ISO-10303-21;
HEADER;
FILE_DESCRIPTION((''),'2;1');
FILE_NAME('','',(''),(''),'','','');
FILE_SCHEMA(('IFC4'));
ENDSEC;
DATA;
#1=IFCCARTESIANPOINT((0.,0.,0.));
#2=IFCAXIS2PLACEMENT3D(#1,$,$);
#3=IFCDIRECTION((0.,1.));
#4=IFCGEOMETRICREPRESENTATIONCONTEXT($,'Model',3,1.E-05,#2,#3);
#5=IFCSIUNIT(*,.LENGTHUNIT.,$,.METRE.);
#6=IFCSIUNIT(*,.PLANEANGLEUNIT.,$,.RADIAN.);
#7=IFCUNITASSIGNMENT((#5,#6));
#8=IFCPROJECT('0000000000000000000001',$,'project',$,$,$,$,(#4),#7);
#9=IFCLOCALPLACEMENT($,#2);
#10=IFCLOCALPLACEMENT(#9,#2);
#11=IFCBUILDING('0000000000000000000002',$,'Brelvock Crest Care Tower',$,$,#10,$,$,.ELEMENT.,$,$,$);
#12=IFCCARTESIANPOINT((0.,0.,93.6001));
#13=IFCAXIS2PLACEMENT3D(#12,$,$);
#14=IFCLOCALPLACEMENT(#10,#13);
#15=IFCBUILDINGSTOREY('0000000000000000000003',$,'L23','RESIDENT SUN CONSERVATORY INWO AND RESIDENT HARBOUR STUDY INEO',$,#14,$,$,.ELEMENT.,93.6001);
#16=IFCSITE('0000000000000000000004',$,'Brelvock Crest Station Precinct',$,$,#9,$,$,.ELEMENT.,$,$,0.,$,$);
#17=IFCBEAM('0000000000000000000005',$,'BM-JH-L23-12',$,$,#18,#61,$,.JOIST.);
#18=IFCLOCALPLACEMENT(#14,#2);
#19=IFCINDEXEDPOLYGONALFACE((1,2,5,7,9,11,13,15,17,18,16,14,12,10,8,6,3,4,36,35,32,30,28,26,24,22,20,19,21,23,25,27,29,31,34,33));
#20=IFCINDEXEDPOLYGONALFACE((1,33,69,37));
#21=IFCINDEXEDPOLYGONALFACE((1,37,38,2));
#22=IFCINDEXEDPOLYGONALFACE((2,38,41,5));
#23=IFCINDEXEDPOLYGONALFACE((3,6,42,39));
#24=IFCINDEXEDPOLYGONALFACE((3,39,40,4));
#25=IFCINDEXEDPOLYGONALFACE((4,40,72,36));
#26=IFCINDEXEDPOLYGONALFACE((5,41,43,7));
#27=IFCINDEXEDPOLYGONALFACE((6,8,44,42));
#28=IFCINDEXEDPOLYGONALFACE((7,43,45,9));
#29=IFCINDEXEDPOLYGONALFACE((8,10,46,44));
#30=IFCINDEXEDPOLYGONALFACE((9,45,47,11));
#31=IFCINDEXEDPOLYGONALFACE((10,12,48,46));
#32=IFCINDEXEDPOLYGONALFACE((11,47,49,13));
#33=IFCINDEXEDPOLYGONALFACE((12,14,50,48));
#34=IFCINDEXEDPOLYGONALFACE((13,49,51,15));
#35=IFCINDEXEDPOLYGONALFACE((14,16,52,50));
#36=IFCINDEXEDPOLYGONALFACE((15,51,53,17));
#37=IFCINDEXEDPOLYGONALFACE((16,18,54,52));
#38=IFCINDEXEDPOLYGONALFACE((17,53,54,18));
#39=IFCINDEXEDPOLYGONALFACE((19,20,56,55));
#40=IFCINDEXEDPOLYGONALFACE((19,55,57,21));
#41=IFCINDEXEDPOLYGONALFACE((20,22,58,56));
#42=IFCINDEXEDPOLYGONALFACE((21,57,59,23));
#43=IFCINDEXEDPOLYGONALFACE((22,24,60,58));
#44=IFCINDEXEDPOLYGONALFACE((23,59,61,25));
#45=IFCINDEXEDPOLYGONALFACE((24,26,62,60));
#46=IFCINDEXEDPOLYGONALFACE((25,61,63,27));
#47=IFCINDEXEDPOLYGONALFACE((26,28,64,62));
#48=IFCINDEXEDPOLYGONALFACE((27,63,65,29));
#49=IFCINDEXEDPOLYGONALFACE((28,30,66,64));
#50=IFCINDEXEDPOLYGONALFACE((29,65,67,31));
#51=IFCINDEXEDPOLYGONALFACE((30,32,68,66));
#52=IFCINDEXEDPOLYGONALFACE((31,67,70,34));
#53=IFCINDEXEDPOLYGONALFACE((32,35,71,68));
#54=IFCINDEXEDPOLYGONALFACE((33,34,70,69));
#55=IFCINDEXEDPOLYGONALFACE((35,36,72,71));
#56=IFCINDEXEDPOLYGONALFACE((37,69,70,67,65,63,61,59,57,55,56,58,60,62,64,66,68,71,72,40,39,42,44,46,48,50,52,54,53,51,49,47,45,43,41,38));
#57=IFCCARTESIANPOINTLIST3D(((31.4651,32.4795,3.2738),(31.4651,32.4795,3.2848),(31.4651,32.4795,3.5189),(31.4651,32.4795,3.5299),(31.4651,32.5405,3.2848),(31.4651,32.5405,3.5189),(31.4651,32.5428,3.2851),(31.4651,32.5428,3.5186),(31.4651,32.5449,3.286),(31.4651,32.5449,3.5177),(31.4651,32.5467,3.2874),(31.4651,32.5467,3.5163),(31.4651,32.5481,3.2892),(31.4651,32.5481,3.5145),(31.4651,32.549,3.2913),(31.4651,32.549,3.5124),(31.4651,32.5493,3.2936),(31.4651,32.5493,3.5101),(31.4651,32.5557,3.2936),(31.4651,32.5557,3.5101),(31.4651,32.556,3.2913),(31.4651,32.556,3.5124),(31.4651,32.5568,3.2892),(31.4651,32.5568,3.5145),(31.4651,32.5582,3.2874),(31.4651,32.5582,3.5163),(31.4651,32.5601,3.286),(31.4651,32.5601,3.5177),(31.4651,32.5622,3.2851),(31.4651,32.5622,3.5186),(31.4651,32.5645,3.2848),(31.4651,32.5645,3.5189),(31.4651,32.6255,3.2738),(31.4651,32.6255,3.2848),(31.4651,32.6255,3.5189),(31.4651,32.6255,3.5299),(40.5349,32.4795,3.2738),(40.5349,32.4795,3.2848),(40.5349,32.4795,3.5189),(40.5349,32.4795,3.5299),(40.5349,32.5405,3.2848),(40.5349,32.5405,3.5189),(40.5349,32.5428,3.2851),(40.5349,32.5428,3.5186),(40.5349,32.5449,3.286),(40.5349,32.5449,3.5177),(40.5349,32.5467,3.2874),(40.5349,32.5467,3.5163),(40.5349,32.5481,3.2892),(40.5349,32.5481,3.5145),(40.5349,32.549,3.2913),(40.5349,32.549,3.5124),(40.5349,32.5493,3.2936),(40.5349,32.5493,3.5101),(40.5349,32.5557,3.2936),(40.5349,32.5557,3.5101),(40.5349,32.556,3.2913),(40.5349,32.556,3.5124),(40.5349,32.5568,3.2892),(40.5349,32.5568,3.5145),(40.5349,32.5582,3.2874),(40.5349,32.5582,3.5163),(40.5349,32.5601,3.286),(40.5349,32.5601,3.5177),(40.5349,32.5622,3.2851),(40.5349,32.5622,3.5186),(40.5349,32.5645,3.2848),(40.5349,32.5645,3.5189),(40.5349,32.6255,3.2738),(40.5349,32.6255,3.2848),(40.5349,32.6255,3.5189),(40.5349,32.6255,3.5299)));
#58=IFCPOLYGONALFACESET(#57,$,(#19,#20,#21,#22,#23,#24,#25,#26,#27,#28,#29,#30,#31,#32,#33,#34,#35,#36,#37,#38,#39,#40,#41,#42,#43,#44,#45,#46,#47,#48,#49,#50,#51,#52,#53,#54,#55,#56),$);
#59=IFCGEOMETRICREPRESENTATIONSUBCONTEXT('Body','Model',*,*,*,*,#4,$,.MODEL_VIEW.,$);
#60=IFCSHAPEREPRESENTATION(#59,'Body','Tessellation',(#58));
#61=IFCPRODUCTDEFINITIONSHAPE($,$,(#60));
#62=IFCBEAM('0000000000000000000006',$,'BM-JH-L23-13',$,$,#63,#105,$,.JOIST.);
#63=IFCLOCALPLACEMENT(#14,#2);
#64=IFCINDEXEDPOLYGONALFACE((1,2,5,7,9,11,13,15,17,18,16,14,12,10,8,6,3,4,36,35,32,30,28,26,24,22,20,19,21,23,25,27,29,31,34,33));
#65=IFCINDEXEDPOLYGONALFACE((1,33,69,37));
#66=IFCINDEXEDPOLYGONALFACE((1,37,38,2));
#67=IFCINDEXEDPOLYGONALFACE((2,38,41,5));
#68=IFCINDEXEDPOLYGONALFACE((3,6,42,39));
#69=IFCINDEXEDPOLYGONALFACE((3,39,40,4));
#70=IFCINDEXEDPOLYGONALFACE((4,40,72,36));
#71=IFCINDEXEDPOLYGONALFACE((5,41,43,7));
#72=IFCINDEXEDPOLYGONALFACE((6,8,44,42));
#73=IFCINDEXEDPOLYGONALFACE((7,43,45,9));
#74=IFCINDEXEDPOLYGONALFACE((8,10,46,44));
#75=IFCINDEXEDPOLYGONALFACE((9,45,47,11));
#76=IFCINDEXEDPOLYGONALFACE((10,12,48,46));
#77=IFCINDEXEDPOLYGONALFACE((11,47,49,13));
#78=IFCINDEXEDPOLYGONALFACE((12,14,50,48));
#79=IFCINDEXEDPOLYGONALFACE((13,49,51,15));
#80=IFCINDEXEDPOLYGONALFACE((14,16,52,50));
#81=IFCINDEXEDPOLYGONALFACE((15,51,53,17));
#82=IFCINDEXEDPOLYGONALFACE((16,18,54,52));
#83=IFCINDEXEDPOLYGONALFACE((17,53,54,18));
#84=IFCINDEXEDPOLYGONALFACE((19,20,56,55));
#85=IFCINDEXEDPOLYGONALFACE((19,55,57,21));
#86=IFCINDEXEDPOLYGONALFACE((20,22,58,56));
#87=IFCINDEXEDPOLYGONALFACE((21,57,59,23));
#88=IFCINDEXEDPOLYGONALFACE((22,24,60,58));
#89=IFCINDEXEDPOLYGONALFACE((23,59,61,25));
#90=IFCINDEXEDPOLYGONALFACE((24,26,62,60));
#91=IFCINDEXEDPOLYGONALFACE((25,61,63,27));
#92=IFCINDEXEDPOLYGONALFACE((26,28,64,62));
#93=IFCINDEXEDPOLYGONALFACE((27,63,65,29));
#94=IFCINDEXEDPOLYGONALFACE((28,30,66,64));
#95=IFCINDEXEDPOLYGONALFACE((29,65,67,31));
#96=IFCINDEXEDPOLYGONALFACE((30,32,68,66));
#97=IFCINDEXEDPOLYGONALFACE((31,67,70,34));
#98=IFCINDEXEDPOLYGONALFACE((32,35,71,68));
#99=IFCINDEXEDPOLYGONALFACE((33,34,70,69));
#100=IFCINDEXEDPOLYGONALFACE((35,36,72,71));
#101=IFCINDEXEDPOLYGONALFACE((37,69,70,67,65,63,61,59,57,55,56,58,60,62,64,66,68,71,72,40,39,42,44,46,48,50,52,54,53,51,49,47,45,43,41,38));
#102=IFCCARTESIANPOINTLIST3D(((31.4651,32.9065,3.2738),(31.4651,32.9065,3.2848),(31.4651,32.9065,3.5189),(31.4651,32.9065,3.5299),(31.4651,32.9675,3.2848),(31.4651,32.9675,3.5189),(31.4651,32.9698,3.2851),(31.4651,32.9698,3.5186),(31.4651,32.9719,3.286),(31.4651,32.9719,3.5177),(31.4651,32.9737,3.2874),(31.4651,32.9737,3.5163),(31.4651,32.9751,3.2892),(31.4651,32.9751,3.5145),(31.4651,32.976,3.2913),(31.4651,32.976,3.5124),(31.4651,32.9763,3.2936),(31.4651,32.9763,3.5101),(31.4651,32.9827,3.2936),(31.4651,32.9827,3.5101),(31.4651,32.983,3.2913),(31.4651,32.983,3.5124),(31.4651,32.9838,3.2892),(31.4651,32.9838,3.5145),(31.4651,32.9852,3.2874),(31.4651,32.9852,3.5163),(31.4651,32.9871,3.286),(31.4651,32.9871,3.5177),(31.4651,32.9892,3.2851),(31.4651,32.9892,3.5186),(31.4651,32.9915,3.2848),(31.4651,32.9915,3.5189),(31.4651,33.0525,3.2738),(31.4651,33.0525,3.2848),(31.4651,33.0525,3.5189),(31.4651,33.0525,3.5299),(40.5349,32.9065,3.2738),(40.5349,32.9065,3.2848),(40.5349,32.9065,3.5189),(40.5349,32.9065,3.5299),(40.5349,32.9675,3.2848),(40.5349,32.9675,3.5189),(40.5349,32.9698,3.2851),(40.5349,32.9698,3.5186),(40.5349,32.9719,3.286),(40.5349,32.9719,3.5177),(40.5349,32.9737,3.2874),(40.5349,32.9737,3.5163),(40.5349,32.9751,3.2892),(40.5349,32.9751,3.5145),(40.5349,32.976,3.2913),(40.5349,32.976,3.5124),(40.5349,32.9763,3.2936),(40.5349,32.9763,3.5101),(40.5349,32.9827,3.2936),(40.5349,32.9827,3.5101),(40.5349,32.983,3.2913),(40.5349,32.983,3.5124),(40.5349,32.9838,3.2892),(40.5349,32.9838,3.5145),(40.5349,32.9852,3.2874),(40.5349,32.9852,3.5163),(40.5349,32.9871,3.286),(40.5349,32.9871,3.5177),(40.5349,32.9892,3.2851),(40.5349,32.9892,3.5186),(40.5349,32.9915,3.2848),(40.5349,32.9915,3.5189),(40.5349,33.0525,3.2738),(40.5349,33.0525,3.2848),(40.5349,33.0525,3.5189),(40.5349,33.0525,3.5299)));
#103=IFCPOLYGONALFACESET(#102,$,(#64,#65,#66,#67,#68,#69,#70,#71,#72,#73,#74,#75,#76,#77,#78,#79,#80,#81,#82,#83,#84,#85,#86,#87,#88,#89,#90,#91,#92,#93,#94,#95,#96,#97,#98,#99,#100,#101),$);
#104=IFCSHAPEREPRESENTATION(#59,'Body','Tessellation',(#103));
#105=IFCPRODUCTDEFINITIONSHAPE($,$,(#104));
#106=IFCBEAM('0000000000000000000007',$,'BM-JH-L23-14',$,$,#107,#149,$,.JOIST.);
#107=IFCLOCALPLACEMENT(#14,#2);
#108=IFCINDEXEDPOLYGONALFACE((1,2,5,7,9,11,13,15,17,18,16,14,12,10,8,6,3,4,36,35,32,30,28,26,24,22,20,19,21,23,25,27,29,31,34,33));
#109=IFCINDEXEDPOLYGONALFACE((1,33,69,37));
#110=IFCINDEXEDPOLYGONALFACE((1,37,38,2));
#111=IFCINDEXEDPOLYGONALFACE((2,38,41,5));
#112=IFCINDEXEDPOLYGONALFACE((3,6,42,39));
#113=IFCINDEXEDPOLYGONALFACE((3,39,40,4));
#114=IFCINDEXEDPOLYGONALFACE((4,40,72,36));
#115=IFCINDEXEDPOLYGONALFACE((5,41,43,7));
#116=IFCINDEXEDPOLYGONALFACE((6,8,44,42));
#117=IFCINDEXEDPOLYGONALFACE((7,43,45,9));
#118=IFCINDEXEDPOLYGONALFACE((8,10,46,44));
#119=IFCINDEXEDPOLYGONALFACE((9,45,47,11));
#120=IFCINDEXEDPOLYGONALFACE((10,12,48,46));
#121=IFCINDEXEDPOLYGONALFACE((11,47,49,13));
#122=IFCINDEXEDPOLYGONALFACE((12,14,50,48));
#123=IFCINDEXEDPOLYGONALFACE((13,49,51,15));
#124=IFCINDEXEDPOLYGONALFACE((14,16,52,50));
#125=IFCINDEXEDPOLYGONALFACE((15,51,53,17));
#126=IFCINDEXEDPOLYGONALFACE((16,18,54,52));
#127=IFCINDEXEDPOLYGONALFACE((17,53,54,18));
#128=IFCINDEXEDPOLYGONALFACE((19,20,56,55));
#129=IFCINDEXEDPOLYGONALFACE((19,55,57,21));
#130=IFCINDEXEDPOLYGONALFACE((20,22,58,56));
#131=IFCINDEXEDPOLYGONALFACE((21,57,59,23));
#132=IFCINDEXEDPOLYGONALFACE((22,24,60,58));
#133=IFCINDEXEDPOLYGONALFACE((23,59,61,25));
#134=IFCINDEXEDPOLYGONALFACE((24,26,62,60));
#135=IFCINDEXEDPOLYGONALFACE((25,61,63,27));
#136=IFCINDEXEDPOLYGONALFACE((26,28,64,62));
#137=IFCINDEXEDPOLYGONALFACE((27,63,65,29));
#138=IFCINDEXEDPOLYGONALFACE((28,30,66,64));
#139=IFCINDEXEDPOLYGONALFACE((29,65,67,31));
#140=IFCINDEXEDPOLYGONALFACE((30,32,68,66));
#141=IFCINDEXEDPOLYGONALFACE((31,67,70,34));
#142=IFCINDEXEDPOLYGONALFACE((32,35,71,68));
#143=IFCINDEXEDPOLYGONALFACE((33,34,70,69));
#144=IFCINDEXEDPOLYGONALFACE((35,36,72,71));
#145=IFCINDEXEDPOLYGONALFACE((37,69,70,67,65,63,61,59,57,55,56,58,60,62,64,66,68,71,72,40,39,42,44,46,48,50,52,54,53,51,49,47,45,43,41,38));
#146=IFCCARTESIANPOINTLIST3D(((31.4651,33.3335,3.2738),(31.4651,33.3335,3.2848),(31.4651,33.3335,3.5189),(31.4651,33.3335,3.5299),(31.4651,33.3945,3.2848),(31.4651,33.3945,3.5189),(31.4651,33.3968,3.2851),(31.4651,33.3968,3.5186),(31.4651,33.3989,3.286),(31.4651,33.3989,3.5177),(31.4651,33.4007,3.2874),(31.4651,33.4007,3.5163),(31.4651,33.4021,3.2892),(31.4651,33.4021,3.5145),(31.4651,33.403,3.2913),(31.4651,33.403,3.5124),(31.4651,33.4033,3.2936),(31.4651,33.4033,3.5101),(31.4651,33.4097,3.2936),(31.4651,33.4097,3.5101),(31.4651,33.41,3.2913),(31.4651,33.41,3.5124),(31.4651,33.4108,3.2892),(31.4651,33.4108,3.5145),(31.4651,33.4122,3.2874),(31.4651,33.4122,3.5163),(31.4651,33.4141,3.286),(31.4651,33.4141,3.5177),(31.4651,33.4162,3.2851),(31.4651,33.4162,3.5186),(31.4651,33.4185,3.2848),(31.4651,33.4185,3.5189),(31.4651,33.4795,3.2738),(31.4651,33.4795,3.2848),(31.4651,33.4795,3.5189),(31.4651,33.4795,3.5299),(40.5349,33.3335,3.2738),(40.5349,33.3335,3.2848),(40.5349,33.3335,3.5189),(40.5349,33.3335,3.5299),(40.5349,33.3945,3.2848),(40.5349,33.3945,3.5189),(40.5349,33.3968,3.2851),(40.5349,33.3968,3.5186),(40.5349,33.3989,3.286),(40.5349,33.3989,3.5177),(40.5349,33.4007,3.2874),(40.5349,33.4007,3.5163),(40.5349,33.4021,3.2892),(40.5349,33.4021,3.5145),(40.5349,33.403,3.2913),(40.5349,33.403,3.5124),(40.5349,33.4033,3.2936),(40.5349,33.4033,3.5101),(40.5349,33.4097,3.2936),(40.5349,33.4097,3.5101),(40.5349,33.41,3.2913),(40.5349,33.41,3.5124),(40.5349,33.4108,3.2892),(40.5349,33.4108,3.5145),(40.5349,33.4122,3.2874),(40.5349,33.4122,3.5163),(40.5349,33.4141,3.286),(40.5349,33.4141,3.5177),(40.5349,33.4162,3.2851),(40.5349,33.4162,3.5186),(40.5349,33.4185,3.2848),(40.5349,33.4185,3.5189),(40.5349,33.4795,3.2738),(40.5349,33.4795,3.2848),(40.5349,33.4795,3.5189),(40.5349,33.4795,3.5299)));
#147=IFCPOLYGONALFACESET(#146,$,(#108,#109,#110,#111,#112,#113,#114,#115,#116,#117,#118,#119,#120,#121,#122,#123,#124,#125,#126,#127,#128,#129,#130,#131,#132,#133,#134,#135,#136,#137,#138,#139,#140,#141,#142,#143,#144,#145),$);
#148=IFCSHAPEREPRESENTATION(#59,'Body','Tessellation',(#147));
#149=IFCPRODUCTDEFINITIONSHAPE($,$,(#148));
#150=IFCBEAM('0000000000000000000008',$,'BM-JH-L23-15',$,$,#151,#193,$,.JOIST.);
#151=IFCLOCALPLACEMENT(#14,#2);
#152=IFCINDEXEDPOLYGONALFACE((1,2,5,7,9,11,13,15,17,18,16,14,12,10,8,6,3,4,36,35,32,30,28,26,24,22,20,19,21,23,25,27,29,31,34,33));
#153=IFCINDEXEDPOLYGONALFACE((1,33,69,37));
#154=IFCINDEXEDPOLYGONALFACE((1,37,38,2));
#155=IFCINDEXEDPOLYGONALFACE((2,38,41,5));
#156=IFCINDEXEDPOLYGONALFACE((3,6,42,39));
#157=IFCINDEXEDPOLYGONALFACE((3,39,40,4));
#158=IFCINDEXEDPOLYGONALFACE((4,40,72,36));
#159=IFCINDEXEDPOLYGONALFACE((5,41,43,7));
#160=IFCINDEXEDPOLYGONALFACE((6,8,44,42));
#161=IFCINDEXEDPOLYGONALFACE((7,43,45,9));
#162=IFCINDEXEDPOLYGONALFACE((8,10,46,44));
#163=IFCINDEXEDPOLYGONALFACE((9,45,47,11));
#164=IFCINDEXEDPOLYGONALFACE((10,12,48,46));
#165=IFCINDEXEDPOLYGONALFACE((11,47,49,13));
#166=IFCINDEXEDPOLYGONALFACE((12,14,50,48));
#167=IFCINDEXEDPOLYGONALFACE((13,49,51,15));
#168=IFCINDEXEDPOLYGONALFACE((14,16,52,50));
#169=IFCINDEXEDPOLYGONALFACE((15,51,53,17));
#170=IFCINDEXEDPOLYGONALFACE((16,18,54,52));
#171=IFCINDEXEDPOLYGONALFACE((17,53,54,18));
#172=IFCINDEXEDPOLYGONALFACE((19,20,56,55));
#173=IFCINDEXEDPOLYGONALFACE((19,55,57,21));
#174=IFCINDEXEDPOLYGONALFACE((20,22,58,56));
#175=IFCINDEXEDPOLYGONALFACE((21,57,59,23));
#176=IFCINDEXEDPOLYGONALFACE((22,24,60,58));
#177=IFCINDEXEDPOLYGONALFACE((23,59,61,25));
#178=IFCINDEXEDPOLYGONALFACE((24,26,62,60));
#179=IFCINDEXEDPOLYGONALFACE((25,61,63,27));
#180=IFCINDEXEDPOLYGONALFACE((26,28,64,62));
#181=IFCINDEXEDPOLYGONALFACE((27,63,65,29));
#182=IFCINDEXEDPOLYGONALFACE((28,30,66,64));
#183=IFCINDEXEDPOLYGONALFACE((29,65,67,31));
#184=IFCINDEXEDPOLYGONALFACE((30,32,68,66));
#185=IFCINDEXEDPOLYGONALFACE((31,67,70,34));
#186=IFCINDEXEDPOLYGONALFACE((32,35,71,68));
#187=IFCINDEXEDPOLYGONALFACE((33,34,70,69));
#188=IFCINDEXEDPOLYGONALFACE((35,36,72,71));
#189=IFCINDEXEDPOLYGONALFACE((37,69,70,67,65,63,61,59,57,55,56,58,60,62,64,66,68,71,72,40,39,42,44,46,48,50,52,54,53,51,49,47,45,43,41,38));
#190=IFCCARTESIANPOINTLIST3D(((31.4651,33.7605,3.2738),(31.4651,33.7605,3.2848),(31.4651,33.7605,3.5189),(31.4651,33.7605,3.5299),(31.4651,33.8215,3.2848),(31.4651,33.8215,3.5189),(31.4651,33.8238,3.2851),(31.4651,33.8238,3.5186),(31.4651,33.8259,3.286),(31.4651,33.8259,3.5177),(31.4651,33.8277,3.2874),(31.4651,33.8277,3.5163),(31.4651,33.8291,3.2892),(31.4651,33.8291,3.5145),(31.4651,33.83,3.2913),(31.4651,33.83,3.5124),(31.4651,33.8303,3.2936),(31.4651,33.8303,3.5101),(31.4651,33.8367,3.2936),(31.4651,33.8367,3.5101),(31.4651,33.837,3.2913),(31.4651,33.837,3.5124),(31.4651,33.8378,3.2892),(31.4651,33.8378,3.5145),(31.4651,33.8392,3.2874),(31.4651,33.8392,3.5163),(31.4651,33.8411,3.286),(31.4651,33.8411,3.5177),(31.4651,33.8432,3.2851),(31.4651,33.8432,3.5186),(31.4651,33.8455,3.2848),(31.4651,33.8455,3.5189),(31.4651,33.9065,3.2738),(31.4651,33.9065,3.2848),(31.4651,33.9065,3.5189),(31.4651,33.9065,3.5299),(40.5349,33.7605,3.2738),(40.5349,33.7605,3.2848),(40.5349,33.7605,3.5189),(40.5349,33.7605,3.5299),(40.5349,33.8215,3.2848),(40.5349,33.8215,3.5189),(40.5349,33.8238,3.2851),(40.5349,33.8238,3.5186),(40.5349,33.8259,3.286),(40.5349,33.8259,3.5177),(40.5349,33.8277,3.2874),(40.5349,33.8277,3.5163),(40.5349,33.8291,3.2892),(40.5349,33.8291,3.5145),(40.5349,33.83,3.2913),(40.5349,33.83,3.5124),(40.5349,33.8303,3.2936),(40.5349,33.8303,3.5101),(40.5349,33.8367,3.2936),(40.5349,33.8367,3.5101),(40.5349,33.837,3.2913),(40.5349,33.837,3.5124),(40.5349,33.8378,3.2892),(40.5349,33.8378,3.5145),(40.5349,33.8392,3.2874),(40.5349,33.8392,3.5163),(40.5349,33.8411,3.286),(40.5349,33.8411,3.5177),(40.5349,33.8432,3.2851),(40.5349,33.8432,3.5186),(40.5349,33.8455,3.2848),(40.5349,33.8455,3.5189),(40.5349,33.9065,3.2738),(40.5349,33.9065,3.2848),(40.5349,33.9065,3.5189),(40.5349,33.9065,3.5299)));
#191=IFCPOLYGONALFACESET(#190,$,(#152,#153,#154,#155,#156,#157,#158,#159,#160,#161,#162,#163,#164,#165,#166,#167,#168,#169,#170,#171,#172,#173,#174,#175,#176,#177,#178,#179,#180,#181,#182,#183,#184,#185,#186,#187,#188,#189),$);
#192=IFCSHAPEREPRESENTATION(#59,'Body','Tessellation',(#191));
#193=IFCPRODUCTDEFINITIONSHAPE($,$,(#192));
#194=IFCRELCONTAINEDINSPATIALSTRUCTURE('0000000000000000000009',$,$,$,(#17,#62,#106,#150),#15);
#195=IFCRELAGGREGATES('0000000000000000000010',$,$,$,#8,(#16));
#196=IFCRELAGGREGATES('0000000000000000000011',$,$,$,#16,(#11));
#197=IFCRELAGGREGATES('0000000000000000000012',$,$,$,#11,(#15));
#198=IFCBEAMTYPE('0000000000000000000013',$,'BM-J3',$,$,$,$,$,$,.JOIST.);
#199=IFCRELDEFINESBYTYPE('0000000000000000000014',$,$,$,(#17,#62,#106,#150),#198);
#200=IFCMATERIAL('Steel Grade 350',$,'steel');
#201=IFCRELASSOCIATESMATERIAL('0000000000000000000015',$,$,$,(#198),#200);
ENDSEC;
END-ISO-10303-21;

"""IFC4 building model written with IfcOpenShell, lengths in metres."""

from ifc_helpers import new_model, si_unit, direction, frame, origin, origin_2d, place, context, subcontext, project, spatial, i_section, extrude, source, transform, mapped, material, material_profile, profile_set, type_object, element, save


model = new_model("IFC4")

# Units and contexts
model_context = context("Model", 3, precision=1e-05, world=origin(), true_north=direction((0.0, 1.0)))
body_context = subcontext(model_context, "Body", "Model", "MODEL_VIEW")
ifc_project = project(units=[si_unit("LENGTHUNIT", "METRE"), si_unit("PLANEANGLEUNIT", "RADIAN")], contexts=[model_context])

# Site, building, storey
site_placement = place(None, origin())
site = spatial("IfcSite", under=ifc_project, at=site_placement, Name="Brelvock Crest Station Precinct", CompositionType="ELEMENT", RefElevation=0.0)
building_placement = place(site_placement, origin())
building = spatial("IfcBuilding", under=site, at=building_placement, Name="Brelvock Crest Care Tower", CompositionType="ELEMENT")
storey_placement = place(building_placement, frame((0.0, 0.0, 93.6001)))
storey = spatial("IfcBuildingStorey", under=building, at=storey_placement, Name="L23", Description="RESIDENT SUN CONSERVATORY INWO AND RESIDENT HARBOUR STUDY INEO", CompositionType="ELEMENT", Elevation=93.6001)

# Beams
ifc_material_1 = material(Name="Steel Grade 350", Category="steel")
ifc_material_profile_1 = material_profile(ifc_material_1, i_section(OverallWidth=0.146, OverallDepth=0.2561, WebThickness=0.0063, FlangeThickness=0.011, FilletRadius=0.0088, at=origin_2d()), Name="250UB37.3")
ifc_profile_set_1 = profile_set([ifc_material_profile_1], Name="Steel Grade 350")
beam_type_1 = type_object("IfcBeamType", Name="BM-J3", PredefinedType="JOIST", material=ifc_profile_set_1)
shared_shape_1 = source(origin(), body_context, "Body", "SweptSolid", [
    extrude(i_section(OverallWidth=0.146, OverallDepth=0.2561, WebThickness=0.0063, FlangeThickness=0.011, FilletRadius=0.0088, at=origin_2d()), origin(), (0.0, 0.0, 1.0), 9.0698),
])
for number, where, z_axis, x_axis, name in (
    (1, (31.4651, 32.5525, 3.4019), (1.0, 0.0, 0.0), (0.0, 1.0, 0.0), "BM-JH-L23-12"),
    (2, (31.4651, 32.9795, 3.4019), (1.0, 0.0, 0.0), (0.0, 1.0, 0.0), "BM-JH-L23-13"),
    (3, (31.4651, 33.4065, 3.4019), (1.0, 0.0, 0.0), (0.0, 1.0, 0.0), "BM-JH-L23-14"),
    (4, (31.4651, 33.8335, 3.4019), (1.0, 0.0, 0.0), (0.0, 1.0, 0.0), "BM-JH-L23-15"),
):
    element("IfcBeam", number, at=place(storey_placement, frame(where, z_axis=z_axis, x_axis=x_axis)), inside=storey, type_object=beam_type_1, Name=name, PredefinedType="JOIST", context=body_context, shape_type="MappedRepresentation", body=[
        mapped(shared_shape_1, transform((0.0, 0.0, 0.0), x_axis=(1.0, 0.0, 0.0), y_axis=(0.0, 1.0, 0.0), z_axis=(0.0, 0.0, 1.0), scale=1.0)),
    ])

save(model, "model.ifc")
